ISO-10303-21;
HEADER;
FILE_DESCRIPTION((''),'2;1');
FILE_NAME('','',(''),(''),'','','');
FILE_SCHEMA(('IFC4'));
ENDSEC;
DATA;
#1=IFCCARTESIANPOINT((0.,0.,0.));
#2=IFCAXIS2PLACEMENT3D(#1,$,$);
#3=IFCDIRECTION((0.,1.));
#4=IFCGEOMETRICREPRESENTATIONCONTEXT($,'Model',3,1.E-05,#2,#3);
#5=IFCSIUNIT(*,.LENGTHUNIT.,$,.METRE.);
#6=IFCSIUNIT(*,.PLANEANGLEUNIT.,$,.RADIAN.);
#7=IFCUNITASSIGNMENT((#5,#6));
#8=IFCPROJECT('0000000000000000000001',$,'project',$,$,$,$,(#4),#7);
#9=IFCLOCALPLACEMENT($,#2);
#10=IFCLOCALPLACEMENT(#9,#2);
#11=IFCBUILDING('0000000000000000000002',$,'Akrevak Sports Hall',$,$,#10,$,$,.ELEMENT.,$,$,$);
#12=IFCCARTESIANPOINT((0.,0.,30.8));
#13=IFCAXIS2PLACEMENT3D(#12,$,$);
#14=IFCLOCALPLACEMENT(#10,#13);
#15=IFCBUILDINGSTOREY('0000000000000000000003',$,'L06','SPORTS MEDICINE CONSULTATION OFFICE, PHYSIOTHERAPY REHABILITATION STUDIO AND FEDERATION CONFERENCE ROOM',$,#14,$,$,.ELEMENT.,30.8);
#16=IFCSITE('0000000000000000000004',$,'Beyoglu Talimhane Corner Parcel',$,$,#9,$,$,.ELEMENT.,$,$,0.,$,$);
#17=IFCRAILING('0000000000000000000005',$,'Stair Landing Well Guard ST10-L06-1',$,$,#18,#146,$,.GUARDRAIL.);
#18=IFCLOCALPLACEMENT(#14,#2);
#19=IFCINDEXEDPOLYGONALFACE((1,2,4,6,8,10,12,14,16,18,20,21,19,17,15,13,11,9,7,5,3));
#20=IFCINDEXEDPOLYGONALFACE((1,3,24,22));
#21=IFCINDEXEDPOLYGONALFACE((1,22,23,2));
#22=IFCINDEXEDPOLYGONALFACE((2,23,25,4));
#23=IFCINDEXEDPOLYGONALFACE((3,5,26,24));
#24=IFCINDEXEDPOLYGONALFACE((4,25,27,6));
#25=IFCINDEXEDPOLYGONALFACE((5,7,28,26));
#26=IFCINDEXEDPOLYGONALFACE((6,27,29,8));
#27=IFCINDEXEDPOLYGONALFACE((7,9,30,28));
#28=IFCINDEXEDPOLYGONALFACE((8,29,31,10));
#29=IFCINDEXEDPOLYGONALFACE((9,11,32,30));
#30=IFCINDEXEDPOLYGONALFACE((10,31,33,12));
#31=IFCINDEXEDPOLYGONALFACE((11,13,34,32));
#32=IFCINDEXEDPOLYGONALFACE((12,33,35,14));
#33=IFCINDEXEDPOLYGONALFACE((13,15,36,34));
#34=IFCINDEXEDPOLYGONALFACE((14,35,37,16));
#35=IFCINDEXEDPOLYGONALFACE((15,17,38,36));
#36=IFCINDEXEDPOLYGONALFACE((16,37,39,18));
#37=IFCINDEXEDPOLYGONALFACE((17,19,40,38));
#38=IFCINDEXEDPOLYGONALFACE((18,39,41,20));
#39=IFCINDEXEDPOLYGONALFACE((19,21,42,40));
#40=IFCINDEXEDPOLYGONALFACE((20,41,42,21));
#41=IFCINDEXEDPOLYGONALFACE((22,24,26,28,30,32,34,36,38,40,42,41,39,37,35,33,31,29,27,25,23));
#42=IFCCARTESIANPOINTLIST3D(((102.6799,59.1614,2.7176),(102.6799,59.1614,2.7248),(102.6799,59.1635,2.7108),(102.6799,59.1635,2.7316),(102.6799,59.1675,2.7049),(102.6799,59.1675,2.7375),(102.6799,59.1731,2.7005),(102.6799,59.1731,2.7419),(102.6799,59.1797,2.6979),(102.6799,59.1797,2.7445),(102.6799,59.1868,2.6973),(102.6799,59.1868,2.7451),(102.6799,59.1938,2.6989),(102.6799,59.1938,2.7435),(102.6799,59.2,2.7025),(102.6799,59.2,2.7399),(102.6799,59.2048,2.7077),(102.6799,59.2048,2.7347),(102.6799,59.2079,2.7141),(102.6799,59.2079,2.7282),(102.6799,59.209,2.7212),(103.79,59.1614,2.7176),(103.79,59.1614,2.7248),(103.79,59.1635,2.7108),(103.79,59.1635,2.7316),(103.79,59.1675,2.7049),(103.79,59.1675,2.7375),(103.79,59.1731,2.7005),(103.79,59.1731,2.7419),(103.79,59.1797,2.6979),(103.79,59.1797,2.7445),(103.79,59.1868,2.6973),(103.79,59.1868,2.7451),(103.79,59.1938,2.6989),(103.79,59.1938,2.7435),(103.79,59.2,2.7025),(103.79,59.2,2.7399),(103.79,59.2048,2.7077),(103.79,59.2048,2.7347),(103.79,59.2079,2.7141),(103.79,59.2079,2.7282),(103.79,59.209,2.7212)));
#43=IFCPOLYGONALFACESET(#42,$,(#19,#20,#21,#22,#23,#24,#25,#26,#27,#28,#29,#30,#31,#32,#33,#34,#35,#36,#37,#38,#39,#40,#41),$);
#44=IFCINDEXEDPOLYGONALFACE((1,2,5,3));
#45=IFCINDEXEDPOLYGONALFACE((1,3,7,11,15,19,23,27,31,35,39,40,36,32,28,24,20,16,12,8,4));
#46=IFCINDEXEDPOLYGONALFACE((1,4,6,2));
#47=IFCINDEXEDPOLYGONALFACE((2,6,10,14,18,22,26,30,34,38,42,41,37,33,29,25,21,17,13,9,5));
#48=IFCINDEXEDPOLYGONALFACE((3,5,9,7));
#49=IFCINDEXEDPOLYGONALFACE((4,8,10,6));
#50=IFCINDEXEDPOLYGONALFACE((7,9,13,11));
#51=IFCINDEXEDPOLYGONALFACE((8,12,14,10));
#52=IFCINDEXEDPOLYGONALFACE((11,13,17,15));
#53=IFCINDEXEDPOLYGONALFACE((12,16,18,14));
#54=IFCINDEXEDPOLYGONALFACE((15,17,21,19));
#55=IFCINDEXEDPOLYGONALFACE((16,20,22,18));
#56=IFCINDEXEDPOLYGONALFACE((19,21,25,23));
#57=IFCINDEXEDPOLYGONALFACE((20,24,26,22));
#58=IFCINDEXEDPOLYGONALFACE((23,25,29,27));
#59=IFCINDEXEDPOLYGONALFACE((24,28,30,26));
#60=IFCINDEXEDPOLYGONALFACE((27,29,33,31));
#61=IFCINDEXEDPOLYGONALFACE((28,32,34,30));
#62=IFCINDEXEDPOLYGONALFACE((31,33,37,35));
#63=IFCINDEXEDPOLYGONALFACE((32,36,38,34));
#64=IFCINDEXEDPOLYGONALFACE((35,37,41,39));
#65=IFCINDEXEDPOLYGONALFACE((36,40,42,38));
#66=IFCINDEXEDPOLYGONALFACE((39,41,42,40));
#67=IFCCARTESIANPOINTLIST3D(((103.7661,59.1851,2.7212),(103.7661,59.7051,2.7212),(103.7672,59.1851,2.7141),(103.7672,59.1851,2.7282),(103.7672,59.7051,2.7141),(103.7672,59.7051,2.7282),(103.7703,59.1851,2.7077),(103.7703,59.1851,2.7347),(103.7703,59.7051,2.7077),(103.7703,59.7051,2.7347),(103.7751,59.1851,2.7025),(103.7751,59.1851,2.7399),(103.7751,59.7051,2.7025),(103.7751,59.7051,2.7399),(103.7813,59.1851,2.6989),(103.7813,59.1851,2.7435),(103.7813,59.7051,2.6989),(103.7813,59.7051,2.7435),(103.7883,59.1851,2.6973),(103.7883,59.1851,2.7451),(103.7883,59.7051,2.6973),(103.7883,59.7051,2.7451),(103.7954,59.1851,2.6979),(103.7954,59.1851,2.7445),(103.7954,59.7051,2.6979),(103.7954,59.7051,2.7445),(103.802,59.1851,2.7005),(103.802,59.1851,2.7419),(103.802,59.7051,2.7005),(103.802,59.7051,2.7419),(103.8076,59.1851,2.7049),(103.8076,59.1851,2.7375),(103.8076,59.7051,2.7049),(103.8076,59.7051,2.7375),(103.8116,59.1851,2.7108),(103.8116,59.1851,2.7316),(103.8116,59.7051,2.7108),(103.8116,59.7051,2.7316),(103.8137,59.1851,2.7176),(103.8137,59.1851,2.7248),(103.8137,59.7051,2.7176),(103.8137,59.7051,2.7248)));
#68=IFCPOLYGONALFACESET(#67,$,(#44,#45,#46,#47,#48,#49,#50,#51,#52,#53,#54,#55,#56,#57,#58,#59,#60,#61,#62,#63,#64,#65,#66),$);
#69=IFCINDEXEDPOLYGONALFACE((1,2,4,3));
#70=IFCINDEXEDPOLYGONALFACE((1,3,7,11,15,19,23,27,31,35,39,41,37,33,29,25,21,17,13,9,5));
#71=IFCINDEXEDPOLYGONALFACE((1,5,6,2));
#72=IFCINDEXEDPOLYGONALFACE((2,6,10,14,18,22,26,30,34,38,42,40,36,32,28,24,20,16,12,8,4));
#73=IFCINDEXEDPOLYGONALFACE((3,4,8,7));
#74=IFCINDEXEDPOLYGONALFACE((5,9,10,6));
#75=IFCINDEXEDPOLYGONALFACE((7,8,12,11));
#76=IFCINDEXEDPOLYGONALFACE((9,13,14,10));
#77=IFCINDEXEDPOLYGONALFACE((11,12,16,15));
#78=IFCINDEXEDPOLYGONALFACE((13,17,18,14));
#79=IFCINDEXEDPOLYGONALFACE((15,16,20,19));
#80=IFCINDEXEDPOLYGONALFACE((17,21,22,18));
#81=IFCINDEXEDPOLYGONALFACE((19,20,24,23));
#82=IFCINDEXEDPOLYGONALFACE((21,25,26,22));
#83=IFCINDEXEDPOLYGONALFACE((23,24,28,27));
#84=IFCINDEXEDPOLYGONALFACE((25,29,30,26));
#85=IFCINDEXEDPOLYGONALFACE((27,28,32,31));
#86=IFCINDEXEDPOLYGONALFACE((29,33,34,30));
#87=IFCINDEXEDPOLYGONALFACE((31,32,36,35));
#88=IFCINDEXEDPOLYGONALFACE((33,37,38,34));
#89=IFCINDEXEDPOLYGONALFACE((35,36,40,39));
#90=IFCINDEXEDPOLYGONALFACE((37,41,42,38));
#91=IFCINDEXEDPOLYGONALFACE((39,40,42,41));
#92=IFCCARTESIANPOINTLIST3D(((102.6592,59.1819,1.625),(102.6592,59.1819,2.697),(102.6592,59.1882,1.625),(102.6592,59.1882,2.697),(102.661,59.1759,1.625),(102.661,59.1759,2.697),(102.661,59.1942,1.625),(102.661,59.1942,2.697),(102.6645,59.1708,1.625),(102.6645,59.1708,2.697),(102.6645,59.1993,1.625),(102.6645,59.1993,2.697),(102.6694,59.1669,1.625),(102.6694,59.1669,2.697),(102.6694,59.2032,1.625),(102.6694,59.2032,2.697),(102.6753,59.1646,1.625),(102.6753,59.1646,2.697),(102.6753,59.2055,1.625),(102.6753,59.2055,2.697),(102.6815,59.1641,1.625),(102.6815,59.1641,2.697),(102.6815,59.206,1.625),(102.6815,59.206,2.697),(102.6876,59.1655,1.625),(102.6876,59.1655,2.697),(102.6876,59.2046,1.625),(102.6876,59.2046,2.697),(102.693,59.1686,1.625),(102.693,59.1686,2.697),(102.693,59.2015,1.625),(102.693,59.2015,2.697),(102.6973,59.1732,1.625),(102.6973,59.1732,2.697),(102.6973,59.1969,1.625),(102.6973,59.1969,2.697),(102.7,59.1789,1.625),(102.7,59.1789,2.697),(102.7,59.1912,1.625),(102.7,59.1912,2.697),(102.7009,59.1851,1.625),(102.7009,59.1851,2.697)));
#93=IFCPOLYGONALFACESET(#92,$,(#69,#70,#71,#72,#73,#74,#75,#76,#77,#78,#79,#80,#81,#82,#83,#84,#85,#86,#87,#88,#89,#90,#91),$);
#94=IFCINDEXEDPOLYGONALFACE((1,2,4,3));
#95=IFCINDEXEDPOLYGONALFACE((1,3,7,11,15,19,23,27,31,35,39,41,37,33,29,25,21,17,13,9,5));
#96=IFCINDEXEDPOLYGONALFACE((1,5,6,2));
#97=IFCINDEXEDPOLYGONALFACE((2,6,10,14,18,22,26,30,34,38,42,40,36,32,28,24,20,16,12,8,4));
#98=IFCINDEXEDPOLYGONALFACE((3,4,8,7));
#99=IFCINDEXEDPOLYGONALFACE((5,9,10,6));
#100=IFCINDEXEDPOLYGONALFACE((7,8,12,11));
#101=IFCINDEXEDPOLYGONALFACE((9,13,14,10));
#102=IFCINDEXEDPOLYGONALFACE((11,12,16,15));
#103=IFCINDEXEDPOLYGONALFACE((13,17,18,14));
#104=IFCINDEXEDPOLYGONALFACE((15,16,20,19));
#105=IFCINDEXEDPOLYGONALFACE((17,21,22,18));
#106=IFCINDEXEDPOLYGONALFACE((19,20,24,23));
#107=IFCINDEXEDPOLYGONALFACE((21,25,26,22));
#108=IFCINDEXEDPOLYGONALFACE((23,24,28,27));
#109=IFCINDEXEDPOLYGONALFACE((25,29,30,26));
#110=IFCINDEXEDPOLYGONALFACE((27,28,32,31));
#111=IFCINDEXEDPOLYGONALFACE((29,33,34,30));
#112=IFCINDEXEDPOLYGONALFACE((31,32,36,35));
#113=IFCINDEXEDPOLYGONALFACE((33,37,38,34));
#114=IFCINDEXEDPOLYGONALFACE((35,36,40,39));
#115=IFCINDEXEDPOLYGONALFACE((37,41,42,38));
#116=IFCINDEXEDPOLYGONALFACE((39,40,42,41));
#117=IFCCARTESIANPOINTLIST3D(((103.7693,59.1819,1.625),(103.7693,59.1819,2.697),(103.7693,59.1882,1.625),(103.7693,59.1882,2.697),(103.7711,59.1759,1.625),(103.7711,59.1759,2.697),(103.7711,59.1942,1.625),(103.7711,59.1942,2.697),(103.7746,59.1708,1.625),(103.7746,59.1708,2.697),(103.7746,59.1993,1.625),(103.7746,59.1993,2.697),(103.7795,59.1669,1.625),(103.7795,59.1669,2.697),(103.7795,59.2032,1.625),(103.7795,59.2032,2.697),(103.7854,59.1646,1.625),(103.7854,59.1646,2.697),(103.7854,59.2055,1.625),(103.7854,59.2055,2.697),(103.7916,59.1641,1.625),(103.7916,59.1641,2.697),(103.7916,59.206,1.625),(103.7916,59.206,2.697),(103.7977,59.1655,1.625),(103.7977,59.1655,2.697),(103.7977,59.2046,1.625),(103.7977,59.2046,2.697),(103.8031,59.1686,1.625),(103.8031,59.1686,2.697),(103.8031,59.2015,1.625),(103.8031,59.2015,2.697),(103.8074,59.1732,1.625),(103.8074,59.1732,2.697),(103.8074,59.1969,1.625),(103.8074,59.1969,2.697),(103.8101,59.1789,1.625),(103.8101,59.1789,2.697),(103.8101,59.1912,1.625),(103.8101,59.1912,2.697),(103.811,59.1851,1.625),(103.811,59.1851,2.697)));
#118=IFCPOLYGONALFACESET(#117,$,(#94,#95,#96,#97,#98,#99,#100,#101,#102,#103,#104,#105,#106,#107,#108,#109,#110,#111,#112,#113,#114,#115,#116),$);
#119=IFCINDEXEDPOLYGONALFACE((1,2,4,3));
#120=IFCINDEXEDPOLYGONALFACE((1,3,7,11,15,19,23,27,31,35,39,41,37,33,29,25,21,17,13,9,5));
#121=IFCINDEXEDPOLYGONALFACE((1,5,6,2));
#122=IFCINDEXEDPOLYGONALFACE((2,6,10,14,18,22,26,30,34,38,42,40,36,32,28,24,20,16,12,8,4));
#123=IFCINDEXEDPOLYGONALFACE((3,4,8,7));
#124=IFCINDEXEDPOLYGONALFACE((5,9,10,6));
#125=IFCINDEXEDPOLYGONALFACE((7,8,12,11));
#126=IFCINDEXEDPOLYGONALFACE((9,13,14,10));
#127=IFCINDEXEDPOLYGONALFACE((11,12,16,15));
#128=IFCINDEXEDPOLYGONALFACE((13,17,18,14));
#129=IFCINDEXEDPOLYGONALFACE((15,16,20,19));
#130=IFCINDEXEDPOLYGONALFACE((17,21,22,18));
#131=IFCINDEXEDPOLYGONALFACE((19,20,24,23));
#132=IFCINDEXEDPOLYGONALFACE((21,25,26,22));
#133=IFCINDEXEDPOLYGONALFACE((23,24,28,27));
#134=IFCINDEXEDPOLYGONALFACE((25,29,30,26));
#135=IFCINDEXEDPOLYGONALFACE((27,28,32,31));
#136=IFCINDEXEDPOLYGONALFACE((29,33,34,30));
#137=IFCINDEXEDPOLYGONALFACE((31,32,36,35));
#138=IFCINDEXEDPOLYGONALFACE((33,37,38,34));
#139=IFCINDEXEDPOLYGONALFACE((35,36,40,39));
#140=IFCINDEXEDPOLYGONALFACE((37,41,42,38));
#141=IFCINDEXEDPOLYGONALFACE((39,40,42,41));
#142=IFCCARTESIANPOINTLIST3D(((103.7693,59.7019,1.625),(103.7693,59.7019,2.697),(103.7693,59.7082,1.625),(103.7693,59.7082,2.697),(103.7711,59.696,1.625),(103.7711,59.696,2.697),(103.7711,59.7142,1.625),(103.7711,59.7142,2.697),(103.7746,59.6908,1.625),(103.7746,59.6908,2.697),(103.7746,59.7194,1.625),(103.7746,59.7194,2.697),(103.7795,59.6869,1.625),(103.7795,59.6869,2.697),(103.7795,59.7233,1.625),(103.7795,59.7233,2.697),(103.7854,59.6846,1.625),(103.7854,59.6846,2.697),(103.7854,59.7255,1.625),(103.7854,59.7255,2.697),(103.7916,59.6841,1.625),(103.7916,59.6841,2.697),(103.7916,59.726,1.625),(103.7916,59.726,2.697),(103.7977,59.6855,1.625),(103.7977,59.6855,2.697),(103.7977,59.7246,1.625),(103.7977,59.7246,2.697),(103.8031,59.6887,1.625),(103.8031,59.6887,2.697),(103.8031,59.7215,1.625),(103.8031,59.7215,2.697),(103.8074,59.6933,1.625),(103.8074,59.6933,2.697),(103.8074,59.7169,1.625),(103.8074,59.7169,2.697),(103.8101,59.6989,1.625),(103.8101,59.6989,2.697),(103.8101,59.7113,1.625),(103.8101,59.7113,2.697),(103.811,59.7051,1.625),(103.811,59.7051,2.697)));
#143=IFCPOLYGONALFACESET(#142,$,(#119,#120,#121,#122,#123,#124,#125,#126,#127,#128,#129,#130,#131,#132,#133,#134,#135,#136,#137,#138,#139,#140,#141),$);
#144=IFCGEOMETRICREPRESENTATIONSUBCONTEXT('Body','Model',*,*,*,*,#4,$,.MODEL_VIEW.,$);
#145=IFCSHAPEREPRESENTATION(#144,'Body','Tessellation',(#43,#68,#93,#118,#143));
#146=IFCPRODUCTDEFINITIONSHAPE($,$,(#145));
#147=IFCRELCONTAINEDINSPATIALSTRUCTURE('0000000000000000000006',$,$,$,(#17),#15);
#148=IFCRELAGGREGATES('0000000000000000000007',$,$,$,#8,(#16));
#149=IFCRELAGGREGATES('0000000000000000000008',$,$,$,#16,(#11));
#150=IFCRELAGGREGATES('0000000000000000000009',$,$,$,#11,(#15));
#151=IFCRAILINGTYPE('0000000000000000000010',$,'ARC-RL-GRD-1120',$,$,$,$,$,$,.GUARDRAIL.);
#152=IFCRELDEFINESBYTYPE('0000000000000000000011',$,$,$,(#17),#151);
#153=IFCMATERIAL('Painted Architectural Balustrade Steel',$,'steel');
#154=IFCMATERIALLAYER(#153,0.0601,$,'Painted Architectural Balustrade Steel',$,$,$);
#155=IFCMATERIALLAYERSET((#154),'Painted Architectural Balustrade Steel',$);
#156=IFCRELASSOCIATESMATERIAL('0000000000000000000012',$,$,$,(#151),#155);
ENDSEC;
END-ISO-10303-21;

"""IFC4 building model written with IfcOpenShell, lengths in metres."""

from ifc_helpers import new_model, si_unit, direction, frame, origin, origin_2d, place, context, subcontext, project, spatial, circle, extrude, material, layer, layer_set, type_object, element, save


model = new_model("IFC4")

# Units and contexts
model_context = context("Model", 3, precision=1e-05, world=origin(), true_north=direction((0.0, 1.0)))
body_context = subcontext(model_context, "Body", "Model", "MODEL_VIEW")
ifc_project = project(units=[si_unit("LENGTHUNIT", "METRE"), si_unit("PLANEANGLEUNIT", "RADIAN")], contexts=[model_context])

# Site, building, storey
site_placement = place(None, origin())
site = spatial("IfcSite", under=ifc_project, at=site_placement, Name="Beyoglu Talimhane Corner Parcel", CompositionType="ELEMENT", RefElevation=0.0)
building_placement = place(site_placement, origin())
building = spatial("IfcBuilding", under=site, at=building_placement, Name="Akrevak Sports Hall", CompositionType="ELEMENT")
storey_placement = place(building_placement, frame((0.0, 0.0, 30.8)))
storey = spatial("IfcBuildingStorey", under=building, at=storey_placement, Name="L06", Description="SPORTS MEDICINE CONSULTATION OFFICE, PHYSIOTHERAPY REHABILITATION STUDIO AND FEDERATION CONFERENCE ROOM", CompositionType="ELEMENT", Elevation=30.8)

# Railing
ifc_material_1 = material(Name="Painted Architectural Balustrade Steel", Category="steel")
ifc_layer_1 = layer(ifc_material_1, 0.0601, Name="Painted Architectural Balustrade Steel")
ifc_layer_set_1 = layer_set([ifc_layer_1], Name="Painted Architectural Balustrade Steel")
railing_type_1 = type_object("IfcRailingType", Name="ARC-RL-GRD-1120", PredefinedType="GUARDRAIL", material=ifc_layer_set_1)
railing_placement = place(storey_placement, frame((102.6799, 59.1851, 1.625)))
element("IfcRailing", 1, at=railing_placement, inside=storey, type_object=railing_type_1, Name="Stair Landing Well Guard ST10-L06-1", PredefinedType="GUARDRAIL", context=body_context, shape_type="SweptSolid", body=[
    extrude(circle(Radius=0.0239, at=origin_2d()), frame((0.0, 0.0, 1.0962), z_axis=(1.0, 0.0, 0.0), x_axis=(0.0, 1.0, 0.0)), (0.0, 0.0, 1.0), 1.1101),
    extrude(circle(Radius=0.0239, at=origin_2d()), frame((1.1101, 0.0, 1.0962), z_axis=(0.0, 1.0, 0.0), x_axis=(-1.0, 0.0, 0.0)), (0.0, 0.0, 1.0), 0.52),
    extrude(circle(Radius=0.021, at=origin_2d()), origin(), (0.0, 0.0, 1.0), 1.072),
    extrude(circle(Radius=0.021, at=origin_2d()), frame((1.1101, 0.0, 0.0)), (0.0, 0.0, 1.0), 1.072),
    extrude(circle(Radius=0.021, at=origin_2d()), frame((1.1101, 0.52, 0.0)), (0.0, 0.0, 1.0), 1.072),
])

save(model, "model.ifc")
